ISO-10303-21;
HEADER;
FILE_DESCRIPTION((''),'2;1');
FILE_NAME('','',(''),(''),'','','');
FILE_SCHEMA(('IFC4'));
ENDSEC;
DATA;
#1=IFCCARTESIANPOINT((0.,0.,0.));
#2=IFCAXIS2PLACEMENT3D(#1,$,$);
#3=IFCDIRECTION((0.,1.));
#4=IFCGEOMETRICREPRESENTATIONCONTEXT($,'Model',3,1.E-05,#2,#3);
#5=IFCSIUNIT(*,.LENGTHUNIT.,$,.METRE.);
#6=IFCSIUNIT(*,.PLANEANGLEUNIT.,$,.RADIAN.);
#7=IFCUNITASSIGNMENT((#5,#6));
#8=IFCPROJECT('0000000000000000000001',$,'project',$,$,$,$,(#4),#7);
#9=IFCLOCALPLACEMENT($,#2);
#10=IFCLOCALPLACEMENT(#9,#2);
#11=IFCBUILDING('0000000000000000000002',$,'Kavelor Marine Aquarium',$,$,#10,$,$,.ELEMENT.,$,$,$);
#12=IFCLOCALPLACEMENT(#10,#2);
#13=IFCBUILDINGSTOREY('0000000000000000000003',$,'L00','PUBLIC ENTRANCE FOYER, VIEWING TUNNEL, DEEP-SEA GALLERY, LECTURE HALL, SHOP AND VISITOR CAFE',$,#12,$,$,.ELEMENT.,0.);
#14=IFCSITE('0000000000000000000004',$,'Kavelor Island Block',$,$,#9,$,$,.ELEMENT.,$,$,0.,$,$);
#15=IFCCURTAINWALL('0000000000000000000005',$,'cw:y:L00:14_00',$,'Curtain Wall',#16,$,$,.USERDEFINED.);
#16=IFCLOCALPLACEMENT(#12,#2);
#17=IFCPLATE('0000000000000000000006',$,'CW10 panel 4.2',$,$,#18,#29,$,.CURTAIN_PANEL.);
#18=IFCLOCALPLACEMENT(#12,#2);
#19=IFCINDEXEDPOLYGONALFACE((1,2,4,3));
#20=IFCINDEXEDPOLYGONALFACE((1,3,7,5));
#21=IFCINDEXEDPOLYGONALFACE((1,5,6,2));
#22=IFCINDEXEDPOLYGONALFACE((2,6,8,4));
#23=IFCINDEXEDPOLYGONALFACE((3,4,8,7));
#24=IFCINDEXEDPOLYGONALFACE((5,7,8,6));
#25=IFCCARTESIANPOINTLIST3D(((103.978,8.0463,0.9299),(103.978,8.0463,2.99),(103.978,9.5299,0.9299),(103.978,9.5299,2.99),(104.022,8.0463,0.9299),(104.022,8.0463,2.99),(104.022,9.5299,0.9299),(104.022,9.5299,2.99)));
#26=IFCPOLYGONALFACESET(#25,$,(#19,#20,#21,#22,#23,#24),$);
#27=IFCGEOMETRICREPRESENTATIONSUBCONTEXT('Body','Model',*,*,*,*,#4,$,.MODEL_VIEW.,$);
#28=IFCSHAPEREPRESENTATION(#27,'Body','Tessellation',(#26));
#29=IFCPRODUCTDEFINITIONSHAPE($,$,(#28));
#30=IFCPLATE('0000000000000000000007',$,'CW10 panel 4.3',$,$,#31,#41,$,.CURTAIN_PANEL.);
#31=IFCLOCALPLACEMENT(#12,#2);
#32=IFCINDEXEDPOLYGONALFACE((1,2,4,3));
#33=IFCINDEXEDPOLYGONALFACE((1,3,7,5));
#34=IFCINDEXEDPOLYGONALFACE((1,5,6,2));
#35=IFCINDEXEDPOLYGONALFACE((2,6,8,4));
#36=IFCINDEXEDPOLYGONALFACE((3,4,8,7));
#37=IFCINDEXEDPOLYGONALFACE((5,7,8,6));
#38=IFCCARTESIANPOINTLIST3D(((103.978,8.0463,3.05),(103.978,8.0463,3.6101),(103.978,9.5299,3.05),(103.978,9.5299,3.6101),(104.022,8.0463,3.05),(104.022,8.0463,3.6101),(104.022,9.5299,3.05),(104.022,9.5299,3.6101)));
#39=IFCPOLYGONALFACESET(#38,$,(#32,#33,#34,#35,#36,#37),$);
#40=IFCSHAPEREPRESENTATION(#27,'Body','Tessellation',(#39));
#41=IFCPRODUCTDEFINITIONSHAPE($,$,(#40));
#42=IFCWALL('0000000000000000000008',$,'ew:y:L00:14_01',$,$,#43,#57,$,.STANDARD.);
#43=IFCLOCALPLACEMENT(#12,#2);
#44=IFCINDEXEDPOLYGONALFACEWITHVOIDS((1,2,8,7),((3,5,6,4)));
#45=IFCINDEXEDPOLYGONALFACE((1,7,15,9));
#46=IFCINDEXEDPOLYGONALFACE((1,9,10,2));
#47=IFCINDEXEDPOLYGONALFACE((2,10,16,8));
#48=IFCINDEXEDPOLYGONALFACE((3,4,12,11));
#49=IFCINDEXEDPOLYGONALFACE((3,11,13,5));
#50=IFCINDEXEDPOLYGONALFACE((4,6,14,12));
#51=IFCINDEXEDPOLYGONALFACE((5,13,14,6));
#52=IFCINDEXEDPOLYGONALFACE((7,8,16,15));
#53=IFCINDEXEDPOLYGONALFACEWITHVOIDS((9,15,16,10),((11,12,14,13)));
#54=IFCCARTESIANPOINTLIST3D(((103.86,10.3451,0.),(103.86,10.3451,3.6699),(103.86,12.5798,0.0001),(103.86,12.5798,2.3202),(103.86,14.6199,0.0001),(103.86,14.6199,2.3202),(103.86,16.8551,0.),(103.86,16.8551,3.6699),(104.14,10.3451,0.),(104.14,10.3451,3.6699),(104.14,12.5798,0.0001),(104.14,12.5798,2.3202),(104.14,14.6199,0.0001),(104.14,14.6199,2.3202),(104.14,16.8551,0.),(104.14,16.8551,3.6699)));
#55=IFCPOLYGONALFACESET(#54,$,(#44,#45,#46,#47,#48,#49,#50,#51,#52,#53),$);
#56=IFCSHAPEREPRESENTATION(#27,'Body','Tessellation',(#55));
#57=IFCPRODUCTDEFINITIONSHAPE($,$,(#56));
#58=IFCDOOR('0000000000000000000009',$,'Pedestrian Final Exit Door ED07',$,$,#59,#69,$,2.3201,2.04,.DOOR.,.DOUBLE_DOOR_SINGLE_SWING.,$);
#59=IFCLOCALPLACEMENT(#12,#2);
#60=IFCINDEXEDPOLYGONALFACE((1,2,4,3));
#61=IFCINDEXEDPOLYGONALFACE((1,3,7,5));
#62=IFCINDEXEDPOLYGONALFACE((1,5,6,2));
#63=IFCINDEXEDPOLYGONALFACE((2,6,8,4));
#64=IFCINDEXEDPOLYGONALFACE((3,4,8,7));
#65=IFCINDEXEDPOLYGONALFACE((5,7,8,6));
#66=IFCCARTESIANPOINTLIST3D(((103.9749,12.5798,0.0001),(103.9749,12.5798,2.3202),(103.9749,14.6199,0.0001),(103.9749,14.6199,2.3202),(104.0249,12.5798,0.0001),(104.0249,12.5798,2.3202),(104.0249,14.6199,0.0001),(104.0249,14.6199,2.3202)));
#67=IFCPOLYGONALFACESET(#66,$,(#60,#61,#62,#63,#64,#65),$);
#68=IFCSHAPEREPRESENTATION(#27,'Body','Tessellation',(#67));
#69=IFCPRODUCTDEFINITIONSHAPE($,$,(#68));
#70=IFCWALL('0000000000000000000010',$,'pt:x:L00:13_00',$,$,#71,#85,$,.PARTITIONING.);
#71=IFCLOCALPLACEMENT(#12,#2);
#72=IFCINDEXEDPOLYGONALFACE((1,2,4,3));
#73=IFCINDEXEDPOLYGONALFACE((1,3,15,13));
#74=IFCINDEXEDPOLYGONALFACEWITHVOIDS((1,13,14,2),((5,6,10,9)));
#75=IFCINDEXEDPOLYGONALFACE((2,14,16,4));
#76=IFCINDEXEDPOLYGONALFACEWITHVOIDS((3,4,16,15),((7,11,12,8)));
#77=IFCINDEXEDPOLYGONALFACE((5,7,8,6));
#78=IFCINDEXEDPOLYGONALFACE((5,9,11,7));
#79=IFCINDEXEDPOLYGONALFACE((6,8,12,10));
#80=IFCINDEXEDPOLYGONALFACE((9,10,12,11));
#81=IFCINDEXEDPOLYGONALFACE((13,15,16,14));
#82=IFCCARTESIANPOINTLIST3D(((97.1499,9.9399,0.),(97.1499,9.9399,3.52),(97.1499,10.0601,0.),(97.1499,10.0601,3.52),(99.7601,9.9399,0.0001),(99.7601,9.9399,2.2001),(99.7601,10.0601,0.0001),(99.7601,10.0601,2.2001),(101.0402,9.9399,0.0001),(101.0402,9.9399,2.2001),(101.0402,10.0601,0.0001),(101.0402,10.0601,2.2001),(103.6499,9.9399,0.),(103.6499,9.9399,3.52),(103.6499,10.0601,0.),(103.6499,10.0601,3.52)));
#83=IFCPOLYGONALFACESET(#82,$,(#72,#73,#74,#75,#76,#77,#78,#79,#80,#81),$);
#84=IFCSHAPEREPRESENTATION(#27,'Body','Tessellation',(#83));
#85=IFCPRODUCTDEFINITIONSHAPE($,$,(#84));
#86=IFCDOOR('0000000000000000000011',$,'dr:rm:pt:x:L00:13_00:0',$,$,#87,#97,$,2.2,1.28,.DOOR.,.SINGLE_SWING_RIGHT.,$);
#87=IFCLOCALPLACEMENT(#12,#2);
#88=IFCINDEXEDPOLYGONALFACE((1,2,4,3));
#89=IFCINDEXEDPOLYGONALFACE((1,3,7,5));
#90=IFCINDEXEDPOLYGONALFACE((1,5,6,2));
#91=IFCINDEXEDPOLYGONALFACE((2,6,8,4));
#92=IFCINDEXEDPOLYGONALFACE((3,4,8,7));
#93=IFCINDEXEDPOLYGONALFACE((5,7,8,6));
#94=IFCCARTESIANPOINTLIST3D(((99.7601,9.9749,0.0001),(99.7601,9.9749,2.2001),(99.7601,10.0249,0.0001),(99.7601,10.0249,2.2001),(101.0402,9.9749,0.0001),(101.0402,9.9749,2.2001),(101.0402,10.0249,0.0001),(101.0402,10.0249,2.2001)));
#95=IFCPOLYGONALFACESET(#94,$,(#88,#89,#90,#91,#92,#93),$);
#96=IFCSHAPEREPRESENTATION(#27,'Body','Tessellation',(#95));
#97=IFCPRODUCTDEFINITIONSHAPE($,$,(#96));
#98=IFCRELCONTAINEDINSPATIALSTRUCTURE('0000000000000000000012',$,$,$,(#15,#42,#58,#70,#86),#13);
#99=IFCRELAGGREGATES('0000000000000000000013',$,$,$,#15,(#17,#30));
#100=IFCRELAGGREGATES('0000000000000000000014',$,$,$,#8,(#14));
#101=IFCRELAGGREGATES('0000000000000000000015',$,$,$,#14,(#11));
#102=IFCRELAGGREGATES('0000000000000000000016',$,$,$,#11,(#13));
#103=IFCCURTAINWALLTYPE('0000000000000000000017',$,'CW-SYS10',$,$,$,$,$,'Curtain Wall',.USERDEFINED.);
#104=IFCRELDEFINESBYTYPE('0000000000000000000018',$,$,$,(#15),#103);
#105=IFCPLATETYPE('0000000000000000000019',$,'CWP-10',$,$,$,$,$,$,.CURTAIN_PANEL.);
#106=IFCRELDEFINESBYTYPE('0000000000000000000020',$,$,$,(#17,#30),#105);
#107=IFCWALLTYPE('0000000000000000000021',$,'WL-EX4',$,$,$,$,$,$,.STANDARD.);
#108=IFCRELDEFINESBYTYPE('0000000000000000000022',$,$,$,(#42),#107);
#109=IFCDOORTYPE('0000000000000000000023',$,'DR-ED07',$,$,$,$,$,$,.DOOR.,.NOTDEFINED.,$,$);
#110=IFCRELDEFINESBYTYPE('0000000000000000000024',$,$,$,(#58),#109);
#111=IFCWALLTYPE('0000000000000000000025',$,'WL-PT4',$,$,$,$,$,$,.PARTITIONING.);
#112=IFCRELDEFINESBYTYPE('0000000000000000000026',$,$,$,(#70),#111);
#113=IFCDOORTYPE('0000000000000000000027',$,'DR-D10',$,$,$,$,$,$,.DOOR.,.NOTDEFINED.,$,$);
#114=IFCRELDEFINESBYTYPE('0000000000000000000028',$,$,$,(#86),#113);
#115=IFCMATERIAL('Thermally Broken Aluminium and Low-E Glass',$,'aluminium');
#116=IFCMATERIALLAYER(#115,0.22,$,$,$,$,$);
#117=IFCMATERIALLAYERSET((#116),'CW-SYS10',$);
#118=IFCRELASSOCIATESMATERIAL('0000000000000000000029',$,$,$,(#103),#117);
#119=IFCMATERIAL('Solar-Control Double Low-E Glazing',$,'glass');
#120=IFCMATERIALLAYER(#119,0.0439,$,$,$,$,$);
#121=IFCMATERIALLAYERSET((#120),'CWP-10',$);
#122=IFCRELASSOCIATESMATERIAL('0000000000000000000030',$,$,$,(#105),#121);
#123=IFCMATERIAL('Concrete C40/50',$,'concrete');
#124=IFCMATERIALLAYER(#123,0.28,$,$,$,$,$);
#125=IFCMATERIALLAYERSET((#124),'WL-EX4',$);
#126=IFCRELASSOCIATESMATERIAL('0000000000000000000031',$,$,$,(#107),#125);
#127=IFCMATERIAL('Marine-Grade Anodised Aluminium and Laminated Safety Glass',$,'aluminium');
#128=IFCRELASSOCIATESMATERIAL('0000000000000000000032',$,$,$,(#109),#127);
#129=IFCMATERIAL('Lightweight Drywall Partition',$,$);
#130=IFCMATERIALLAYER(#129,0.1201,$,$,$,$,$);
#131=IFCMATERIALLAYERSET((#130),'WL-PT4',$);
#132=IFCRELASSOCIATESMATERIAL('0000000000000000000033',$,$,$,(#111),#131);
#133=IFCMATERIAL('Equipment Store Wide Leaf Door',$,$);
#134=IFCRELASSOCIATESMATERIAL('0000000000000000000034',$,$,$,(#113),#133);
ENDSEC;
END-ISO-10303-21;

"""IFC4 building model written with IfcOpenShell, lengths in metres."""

from ifc_helpers import new_model, si_unit, direction, frame, frame_2d, origin, origin_2d, place, context, subcontext, project, spatial, rectangle, extrude, material, layer, layer_set, type_object, element, fill, aggregate, save


model = new_model("IFC4")

# Units and contexts
model_context = context("Model", 3, precision=1e-05, world=origin(), true_north=direction((0.0, 1.0)))
body_context = subcontext(model_context, "Body", "Model", "MODEL_VIEW")
ifc_project = project(units=[si_unit("LENGTHUNIT", "METRE"), si_unit("PLANEANGLEUNIT", "RADIAN")], contexts=[model_context])

# Site, building, storey
site_placement = place(None, origin())
site = spatial("IfcSite", under=ifc_project, at=site_placement, Name="Kavelor Island Block", CompositionType="ELEMENT", RefElevation=0.0)
building_placement = place(site_placement, origin())
building = spatial("IfcBuilding", under=site, at=building_placement, Name="Kavelor Marine Aquarium", CompositionType="ELEMENT")
storey_placement = place(building_placement, origin())
storey = spatial("IfcBuildingStorey", under=building, at=storey_placement, Name="L00", Description="PUBLIC ENTRANCE FOYER, VIEWING TUNNEL, DEEP-SEA GALLERY, LECTURE HALL, SHOP AND VISITOR CAFE", CompositionType="ELEMENT", Elevation=0.0)

# Curtain wall, plates
ifc_material_1 = material(Name="Thermally Broken Aluminium and Low-E Glass", Category="aluminium")
ifc_layer_1 = layer(ifc_material_1, 0.22)
ifc_layer_set_1 = layer_set([ifc_layer_1], Name="CW-SYS10")
curtain_wall_type = type_object("IfcCurtainWallType", Name="CW-SYS10", ElementType="Curtain Wall", PredefinedType="USERDEFINED", material=ifc_layer_set_1)
curtain_wall_placement = place(storey_placement, origin())
curtain_wall = element("IfcCurtainWall", 1, at=curtain_wall_placement, inside=storey, type_object=curtain_wall_type, Name="cw:y:L00:14_00", ObjectType="Curtain Wall", PredefinedType="USERDEFINED")
ifc_material_2 = material(Name="Solar-Control Double Low-E Glazing", Category="glass")
ifc_layer_2 = layer(ifc_material_2, 0.0439)
ifc_layer_set_2 = layer_set([ifc_layer_2], Name="CWP-10")
plate_type = type_object("IfcPlateType", Name="CWP-10", PredefinedType="CURTAIN_PANEL", material=ifc_layer_set_2)
plate_1_placement = place(storey_placement, frame((104.0, 8.7881, 0.9299), z_axis=(0.0, 0.0, 1.0), x_axis=(0.0, 1.0, 0.0)))
plate_1 = element("IfcPlate", 2, at=plate_1_placement, type_object=plate_type, Name="CW10 panel 4.2", PredefinedType="CURTAIN_PANEL", context=body_context, shape_type="SweptSolid", body=[
    extrude(rectangle(XDim=1.4836, YDim=0.0439, at=origin_2d()), origin(), (0.0, 0.0, 1.0), 2.0601),
])
plate_2_placement = place(storey_placement, frame((104.0, 8.7881, 3.05), z_axis=(0.0, 0.0, 1.0), x_axis=(0.0, 1.0, 0.0)))
plate_2 = element("IfcPlate", 3, at=plate_2_placement, type_object=plate_type, Name="CW10 panel 4.3", PredefinedType="CURTAIN_PANEL", context=body_context, shape_type="SweptSolid", body=[
    extrude(rectangle(XDim=1.4836, YDim=0.0439, at=origin_2d()), origin(), (0.0, 0.0, 1.0), 0.5601),
])
aggregate(curtain_wall, [plate_1, plate_2])

# Walls, openings, doors
ifc_material_3 = material(Name="Concrete C40/50", Category="concrete")
ifc_layer_3 = layer(ifc_material_3, 0.28)
ifc_layer_set_3 = layer_set([ifc_layer_3], Name="WL-EX4")
wall_type_1 = type_object("IfcWallType", Name="WL-EX4", PredefinedType="STANDARD", material=ifc_layer_set_3)
wall_1_placement = place(storey_placement, frame((104.0, 16.855, 0.0), z_axis=(0.0, 0.0, 1.0), x_axis=(0.0, -1.0, 0.0)))
wall_1 = element("IfcWall", 4, at=wall_1_placement, inside=storey, type_object=wall_type_1, Name="ew:y:L00:14_01", PredefinedType="STANDARD", context=body_context, shape_type="SweptSolid", body=[
    extrude(rectangle(XDim=6.51, YDim=0.28, at=frame_2d((3.2549, 0.0))), origin(), (0.0, 0.0, 1.0), 3.6699),
])
opening_1_placement = place(wall_1_placement, frame((2.2351, 0.0, 0.0)))
opening_1 = element("IfcOpeningElement", 5, at=opening_1_placement, cuts=wall_1, PredefinedType="OPENING", context=body_context, shape_type="SweptSolid", body=[
    extrude(rectangle(XDim=2.04, YDim=2.3201, at=frame_2d((1.02, 1.1602))), frame((0.0, 0.1499, 0.0), z_axis=(0.0, -1.0, 0.0), x_axis=(1.0, 0.0, 0.0)), (0.0, 0.0, 1.0), 0.3),
])
ifc_material_4 = material(Name="Marine-Grade Anodised Aluminium and Laminated Safety Glass", Category="aluminium")
door_type_1 = type_object("IfcDoorType", Name="DR-ED07", OperationType="NOTDEFINED", PredefinedType="DOOR", material=ifc_material_4)
door_1_placement = place(opening_1_placement, origin())
door_1 = element("IfcDoor", 6, at=door_1_placement, inside=storey, type_object=door_type_1, Name="Pedestrian Final Exit Door ED07", OperationType="DOUBLE_DOOR_SINGLE_SWING", OverallHeight=2.3201, OverallWidth=2.04, PredefinedType="DOOR", context=body_context, shape_type="SweptSolid", body=[
    extrude(rectangle(XDim=2.04, YDim=2.3201, at=frame_2d((1.02, 1.1602))), frame((0.0, 0.0249, 0.0), z_axis=(0.0, -1.0, 0.0), x_axis=(1.0, 0.0, 0.0)), (0.0, 0.0, 1.0), 0.05),
])
fill(opening_1, door_1)
ifc_material_5 = material(Name="Lightweight Drywall Partition")
ifc_layer_4 = layer(ifc_material_5, 0.1201)
ifc_layer_set_4 = layer_set([ifc_layer_4], Name="WL-PT4")
wall_type_2 = type_object("IfcWallType", Name="WL-PT4", PredefinedType="PARTITIONING", material=ifc_layer_set_4)
wall_2_placement = place(storey_placement, frame((97.1499, 10.0, 0.0), z_axis=(0.0, 0.0, 1.0), x_axis=(1.0, 0.0, 0.0)))
wall_2 = element("IfcWall", 7, at=wall_2_placement, inside=storey, type_object=wall_type_2, Name="pt:x:L00:13_00", PredefinedType="PARTITIONING", context=body_context, shape_type="SweptSolid", body=[
    extrude(rectangle(XDim=6.5, YDim=0.1201, at=frame_2d((3.25, 0.0))), origin(), (0.0, 0.0, 1.0), 3.52),
])
opening_2_placement = place(wall_2_placement, frame((2.6101, 0.0, 0.0)))
opening_2 = element("IfcOpeningElement", 8, at=opening_2_placement, cuts=wall_2, PredefinedType="OPENING", context=body_context, shape_type="SweptSolid", body=[
    extrude(rectangle(XDim=1.28, YDim=2.2, at=frame_2d((0.6401, 1.1001))), frame((0.0, 0.0701, 0.0), z_axis=(0.0, -1.0, 0.0), x_axis=(1.0, 0.0, 0.0)), (0.0, 0.0, 1.0), 0.1401),
])
ifc_material_6 = material(Name="Equipment Store Wide Leaf Door")
door_type_2 = type_object("IfcDoorType", Name="DR-D10", OperationType="NOTDEFINED", PredefinedType="DOOR", material=ifc_material_6)
door_2_placement = place(opening_2_placement, origin())
door_2 = element("IfcDoor", 9, at=door_2_placement, inside=storey, type_object=door_type_2, Name="dr:rm:pt:x:L00:13_00:0", OperationType="SINGLE_SWING_RIGHT", OverallHeight=2.2, OverallWidth=1.28, PredefinedType="DOOR", context=body_context, shape_type="SweptSolid", body=[
    extrude(rectangle(XDim=1.28, YDim=2.2, at=frame_2d((0.6401, 1.1001))), frame((0.0, 0.0249, 0.0), z_axis=(0.0, -1.0, 0.0), x_axis=(1.0, 0.0, 0.0)), (0.0, 0.0, 1.0), 0.05),
])
fill(opening_2, door_2)

save(model, "model.ifc")
